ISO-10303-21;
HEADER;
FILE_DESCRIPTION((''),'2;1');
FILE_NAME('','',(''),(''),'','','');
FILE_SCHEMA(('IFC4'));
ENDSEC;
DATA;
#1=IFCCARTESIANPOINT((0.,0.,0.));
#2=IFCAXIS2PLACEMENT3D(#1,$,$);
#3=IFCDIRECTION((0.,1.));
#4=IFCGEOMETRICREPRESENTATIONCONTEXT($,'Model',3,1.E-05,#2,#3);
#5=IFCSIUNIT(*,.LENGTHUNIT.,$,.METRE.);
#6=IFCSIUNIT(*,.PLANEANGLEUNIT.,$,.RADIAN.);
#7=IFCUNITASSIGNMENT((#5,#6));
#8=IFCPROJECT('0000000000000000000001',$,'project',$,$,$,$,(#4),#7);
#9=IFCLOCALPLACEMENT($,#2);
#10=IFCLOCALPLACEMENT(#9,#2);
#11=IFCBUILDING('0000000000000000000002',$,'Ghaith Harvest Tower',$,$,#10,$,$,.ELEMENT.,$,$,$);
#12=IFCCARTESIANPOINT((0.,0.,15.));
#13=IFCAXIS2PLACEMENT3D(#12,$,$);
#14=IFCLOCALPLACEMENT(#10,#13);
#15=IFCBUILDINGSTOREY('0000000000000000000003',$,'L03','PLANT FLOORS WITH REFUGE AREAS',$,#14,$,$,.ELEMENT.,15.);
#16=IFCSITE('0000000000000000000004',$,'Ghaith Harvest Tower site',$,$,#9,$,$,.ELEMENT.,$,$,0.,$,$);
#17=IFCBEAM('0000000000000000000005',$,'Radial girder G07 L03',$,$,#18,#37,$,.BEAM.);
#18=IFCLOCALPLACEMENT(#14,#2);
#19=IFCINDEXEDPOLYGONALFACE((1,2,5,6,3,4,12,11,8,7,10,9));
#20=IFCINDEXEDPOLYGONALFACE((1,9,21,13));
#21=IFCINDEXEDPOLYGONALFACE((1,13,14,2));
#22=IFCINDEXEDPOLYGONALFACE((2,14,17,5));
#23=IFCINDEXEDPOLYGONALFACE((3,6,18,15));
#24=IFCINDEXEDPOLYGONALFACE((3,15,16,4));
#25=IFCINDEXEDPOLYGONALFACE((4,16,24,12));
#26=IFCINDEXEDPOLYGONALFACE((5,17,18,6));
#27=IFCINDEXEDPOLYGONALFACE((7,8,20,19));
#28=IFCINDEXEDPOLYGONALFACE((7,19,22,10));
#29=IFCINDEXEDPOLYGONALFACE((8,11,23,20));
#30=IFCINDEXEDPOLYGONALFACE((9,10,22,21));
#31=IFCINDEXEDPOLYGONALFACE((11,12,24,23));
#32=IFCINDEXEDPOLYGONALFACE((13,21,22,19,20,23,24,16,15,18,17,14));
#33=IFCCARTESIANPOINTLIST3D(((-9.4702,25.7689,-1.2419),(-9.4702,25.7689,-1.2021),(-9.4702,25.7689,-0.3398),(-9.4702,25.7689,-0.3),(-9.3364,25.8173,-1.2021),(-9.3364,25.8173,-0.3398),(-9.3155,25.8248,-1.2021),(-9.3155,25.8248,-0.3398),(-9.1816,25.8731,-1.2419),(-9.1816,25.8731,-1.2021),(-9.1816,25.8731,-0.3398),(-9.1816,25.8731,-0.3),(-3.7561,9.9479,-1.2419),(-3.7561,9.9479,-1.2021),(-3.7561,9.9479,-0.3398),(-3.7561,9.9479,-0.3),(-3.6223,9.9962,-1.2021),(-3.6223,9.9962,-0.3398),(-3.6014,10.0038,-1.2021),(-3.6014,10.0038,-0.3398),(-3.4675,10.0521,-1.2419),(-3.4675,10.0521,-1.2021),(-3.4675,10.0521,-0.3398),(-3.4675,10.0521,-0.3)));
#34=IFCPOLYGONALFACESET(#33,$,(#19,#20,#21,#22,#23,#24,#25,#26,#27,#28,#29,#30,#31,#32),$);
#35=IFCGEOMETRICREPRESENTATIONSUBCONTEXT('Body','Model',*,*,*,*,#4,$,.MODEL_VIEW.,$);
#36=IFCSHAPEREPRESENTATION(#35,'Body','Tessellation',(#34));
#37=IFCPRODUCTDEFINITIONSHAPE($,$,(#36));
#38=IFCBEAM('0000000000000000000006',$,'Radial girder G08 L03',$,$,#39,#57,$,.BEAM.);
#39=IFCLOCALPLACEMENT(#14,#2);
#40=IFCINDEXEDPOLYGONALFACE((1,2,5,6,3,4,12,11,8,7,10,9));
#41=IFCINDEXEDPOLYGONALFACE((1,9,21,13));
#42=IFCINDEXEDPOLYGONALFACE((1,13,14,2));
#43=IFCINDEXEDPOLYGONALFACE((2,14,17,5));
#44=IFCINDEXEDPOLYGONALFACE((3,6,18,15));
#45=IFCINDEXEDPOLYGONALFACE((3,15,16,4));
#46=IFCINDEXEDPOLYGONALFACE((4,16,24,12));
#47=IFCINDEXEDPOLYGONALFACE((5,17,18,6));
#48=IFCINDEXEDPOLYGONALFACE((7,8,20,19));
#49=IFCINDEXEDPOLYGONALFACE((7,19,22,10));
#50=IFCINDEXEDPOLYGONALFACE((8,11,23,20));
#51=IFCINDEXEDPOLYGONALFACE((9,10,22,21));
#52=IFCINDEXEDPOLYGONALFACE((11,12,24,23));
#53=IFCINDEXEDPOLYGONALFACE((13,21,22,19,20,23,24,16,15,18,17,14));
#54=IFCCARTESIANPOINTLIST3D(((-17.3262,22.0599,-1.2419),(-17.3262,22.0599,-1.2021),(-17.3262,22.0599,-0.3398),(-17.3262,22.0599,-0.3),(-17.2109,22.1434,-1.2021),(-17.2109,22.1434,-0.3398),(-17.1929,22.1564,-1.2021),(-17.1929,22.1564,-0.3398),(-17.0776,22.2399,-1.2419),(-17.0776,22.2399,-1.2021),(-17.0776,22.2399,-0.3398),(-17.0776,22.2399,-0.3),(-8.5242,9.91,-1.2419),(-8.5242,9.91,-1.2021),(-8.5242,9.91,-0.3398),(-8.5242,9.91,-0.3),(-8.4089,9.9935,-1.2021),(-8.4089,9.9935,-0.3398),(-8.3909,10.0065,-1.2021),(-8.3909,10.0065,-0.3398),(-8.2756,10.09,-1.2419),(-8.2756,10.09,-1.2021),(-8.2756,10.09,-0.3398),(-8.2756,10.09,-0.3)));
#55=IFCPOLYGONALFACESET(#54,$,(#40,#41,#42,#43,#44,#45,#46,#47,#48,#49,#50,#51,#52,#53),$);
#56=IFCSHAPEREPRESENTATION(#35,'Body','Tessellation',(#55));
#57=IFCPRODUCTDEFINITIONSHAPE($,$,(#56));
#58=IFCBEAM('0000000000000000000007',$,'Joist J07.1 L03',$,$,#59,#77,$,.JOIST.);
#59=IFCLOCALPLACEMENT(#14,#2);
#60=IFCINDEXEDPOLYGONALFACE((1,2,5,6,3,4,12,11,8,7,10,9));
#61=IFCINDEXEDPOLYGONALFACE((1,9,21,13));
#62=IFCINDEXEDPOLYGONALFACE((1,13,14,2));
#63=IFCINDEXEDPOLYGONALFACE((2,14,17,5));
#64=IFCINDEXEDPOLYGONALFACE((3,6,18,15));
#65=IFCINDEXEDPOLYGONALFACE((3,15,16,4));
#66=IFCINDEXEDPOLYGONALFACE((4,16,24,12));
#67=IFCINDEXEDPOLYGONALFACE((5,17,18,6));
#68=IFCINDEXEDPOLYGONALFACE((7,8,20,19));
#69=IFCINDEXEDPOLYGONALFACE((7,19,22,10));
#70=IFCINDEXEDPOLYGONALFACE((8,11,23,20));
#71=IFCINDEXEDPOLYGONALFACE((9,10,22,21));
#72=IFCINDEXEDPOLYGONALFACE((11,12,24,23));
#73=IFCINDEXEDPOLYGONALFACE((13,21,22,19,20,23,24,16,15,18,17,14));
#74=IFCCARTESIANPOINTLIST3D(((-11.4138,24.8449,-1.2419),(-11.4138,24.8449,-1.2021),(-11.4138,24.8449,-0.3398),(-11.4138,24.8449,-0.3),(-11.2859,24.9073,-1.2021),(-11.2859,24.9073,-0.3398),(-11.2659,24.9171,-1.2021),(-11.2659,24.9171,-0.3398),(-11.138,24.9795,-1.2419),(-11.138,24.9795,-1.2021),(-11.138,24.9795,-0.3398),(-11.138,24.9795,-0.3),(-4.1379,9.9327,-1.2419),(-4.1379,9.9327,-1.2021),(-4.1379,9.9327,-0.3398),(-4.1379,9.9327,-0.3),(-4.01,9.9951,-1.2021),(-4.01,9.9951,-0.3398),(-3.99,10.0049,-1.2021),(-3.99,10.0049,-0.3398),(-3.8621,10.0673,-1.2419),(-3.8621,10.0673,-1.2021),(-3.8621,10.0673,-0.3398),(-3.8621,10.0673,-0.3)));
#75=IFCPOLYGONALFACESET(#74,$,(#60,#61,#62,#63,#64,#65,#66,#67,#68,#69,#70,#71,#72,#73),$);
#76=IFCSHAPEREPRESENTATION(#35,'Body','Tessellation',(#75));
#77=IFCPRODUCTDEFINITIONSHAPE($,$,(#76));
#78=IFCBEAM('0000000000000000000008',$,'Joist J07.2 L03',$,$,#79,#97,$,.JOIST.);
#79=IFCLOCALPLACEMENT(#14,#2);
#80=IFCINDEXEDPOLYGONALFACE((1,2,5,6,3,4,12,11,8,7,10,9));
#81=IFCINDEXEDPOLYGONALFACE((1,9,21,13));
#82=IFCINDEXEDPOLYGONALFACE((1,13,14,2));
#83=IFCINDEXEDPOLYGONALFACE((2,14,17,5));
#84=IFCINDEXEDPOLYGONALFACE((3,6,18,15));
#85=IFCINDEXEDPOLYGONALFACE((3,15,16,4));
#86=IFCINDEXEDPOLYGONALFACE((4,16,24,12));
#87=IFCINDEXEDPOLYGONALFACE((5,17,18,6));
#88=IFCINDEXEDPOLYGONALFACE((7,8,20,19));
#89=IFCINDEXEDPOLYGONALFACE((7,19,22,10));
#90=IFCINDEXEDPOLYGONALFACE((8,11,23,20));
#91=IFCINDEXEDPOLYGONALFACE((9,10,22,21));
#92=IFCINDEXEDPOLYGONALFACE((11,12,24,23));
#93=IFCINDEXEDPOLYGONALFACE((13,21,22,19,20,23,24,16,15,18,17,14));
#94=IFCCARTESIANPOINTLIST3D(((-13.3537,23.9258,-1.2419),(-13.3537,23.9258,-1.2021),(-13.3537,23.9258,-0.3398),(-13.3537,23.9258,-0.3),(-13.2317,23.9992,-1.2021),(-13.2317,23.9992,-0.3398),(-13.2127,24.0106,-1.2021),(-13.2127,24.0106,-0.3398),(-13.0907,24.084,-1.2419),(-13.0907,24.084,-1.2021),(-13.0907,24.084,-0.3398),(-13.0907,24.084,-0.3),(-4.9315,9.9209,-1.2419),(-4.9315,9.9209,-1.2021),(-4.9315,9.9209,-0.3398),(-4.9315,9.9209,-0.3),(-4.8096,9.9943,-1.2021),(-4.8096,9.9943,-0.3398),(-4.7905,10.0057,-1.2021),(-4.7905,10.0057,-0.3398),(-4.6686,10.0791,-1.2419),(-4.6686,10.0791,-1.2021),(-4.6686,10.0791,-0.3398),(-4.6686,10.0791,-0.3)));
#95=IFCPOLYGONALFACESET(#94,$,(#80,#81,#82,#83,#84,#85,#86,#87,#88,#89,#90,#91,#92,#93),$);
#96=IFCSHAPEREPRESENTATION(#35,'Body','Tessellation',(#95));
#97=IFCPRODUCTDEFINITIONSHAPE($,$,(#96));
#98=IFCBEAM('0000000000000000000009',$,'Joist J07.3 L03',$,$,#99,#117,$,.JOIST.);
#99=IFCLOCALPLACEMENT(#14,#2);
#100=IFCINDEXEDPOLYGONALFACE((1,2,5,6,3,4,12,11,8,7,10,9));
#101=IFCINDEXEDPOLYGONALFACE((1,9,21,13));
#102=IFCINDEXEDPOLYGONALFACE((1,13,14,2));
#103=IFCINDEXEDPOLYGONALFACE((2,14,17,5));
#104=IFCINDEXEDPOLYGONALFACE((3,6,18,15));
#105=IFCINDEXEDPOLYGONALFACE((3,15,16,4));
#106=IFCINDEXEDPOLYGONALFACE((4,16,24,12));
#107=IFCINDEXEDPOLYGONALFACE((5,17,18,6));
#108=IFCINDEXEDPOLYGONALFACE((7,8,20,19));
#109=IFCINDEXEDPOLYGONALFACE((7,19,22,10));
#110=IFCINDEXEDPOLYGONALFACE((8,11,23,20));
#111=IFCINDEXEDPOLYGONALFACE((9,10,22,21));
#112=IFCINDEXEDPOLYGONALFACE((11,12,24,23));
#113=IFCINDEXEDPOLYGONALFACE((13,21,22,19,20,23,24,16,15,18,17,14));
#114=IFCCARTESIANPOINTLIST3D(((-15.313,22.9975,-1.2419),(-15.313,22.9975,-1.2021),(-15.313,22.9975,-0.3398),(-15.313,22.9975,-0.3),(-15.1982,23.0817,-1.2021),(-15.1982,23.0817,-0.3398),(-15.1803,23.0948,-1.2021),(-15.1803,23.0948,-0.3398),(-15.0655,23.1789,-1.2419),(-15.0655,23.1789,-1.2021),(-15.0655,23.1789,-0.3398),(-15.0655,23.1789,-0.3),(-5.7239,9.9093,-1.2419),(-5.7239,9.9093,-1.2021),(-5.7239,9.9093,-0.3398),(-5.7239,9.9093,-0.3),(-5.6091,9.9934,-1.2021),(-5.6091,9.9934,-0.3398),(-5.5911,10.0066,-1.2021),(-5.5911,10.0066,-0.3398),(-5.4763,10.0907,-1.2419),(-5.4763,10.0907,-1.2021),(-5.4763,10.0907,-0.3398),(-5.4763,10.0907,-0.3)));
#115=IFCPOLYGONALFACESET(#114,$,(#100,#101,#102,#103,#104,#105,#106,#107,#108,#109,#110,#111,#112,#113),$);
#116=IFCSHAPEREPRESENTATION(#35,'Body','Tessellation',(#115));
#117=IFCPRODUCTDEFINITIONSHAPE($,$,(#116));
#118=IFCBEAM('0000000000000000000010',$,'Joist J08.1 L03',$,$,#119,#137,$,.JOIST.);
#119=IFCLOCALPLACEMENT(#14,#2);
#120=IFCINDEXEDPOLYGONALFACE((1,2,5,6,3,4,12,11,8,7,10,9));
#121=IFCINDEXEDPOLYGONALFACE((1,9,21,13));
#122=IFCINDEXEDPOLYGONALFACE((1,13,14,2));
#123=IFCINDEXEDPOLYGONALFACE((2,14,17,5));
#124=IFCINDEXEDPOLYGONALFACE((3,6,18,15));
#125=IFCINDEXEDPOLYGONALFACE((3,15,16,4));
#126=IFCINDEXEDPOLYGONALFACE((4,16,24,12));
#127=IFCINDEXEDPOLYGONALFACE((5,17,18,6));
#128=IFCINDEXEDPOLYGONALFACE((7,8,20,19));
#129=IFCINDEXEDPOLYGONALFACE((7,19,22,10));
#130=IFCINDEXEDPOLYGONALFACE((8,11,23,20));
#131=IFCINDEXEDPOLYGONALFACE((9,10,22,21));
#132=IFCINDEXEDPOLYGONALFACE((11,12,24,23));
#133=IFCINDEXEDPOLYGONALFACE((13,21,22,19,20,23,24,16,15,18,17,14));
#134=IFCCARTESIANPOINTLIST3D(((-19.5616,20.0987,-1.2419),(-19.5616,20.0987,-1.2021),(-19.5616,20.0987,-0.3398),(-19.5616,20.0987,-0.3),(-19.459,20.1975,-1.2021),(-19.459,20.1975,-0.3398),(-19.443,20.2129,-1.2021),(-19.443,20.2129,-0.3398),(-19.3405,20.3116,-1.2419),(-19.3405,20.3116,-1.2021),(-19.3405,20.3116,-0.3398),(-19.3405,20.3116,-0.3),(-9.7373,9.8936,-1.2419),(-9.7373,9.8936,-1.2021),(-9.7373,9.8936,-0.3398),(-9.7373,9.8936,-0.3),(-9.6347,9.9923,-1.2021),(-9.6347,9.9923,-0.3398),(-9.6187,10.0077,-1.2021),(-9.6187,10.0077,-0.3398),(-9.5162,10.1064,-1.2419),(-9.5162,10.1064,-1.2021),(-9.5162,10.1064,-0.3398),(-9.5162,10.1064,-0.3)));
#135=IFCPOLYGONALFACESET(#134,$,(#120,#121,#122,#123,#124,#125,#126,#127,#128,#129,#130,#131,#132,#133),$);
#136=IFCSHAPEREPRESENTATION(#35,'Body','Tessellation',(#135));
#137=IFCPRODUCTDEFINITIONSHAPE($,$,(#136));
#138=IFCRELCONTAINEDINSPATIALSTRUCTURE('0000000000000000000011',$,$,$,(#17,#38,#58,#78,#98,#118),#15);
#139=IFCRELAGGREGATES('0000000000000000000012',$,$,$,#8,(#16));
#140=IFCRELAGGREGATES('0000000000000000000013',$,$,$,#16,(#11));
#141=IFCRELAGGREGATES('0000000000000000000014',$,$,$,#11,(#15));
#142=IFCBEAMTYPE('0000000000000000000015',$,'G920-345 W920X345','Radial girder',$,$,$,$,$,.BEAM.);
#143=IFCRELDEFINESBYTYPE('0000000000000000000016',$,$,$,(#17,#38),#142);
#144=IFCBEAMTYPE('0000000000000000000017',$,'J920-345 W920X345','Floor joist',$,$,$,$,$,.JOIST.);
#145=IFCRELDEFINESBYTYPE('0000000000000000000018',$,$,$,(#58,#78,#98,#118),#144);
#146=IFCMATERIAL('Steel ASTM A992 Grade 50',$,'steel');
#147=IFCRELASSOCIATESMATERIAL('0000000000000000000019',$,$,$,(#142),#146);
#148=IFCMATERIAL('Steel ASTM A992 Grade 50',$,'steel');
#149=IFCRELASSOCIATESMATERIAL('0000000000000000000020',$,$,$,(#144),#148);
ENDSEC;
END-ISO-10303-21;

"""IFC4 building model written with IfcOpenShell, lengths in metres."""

from ifc_helpers import new_model, si_unit, direction, frame, origin, origin_2d, place, context, subcontext, project, spatial, i_section, extrude, material, material_profile, profile_set, type_object, element, save


model = new_model("IFC4")

# Units and contexts
model_context = context("Model", 3, precision=1e-05, world=origin(), true_north=direction((0.0, 1.0)))
body_context = subcontext(model_context, "Body", "Model", "MODEL_VIEW")
ifc_project = project(units=[si_unit("LENGTHUNIT", "METRE"), si_unit("PLANEANGLEUNIT", "RADIAN")], contexts=[model_context])

# Site, building, storey
site_placement = place(None, origin())
site = spatial("IfcSite", under=ifc_project, at=site_placement, Name="Ghaith Harvest Tower site", CompositionType="ELEMENT", RefElevation=0.0)
building_placement = place(site_placement, origin())
building = spatial("IfcBuilding", under=site, at=building_placement, Name="Ghaith Harvest Tower", CompositionType="ELEMENT")
storey_placement = place(building_placement, frame((0.0, 0.0, 15.0)))
storey = spatial("IfcBuildingStorey", under=building, at=storey_placement, Name="L03", Description="PLANT FLOORS WITH REFUGE AREAS", CompositionType="ELEMENT", Elevation=15.0)

# Beams
ifc_material_1 = material(Name="Steel ASTM A992 Grade 50", Category="steel")
ifc_material_profile_1 = material_profile(ifc_material_1, i_section(OverallWidth=0.3069, OverallDepth=0.9419, WebThickness=0.0222, FlangeThickness=0.0398, at=origin_2d()), Name="W920X345")
ifc_profile_set_1 = profile_set([ifc_material_profile_1], Name="Steel ASTM A992 Grade 50")
beam_type_1 = type_object("IfcBeamType", Name="G920-345 W920X345", Description="Radial girder", PredefinedType="BEAM", material=ifc_profile_set_1)
beam_1_placement = place(storey_placement, frame((-3.6118, 10.0, -0.771), z_axis=(-0.339695, 0.940536, 0.0), x_axis=(-0.940536, -0.339695, 0.0)))
element("IfcBeam", 1, at=beam_1_placement, inside=storey, type_object=beam_type_1, Name="Radial girder G07 L03", PredefinedType="BEAM", context=body_context, shape_type="SweptSolid", body=[
    extrude(i_section(OverallWidth=0.3069, OverallDepth=0.9419, WebThickness=0.0222, FlangeThickness=0.0398, at=origin_2d()), origin(), (0.0, 0.0, 1.0), 16.8213),
])
beam_2_placement = place(storey_placement, frame((-8.3999, 10.0, -0.771), z_axis=(-0.586676, 0.809822, 0.0), x_axis=(-0.809822, -0.586676, 0.0)))
element("IfcBeam", 2, at=beam_2_placement, inside=storey, type_object=beam_type_1, Name="Radial girder G08 L03", PredefinedType="BEAM", context=body_context, shape_type="SweptSolid", body=[
    extrude(i_section(OverallWidth=0.3069, OverallDepth=0.9419, WebThickness=0.0222, FlangeThickness=0.0398, at=origin_2d()), origin(), (0.0, 0.0, 1.0), 15.0032),
])
ifc_material_2 = material(Name="Steel ASTM A992 Grade 50", Category="steel")
ifc_material_profile_2 = material_profile(ifc_material_2, i_section(OverallWidth=0.3069, OverallDepth=0.9419, WebThickness=0.0222, FlangeThickness=0.0398, at=origin_2d()), Name="W920X345")
ifc_profile_set_2 = profile_set([ifc_material_profile_2], Name="Steel ASTM A992 Grade 50")
beam_type_2 = type_object("IfcBeamType", Name="J920-345 W920X345", Description="Floor joist", PredefinedType="JOIST", material=ifc_profile_set_2)
beam_3_placement = place(storey_placement, frame((-4.0, 10.0, -0.771), z_axis=(-0.438505, 0.898729, 0.0), x_axis=(-0.898729, -0.438505, 0.0)))
element("IfcBeam", 3, at=beam_3_placement, inside=storey, type_object=beam_type_2, Name="Joist J07.1 L03", PredefinedType="JOIST", context=body_context, shape_type="SweptSolid", body=[
    extrude(i_section(OverallWidth=0.3069, OverallDepth=0.9419, WebThickness=0.0222, FlangeThickness=0.0398, at=origin_2d()), origin(), (0.0, 0.0, 1.0), 16.5925),
])
beam_4_placement = place(storey_placement, frame((-4.8, 10.0, -0.771), z_axis=(-0.515359, 0.856974, 0.0), x_axis=(-0.856974, -0.515359, 0.0)))
element("IfcBeam", 4, at=beam_4_placement, inside=storey, type_object=beam_type_2, Name="Joist J07.2 L03", PredefinedType="JOIST", context=body_context, shape_type="SweptSolid", body=[
    extrude(i_section(OverallWidth=0.3069, OverallDepth=0.9419, WebThickness=0.0222, FlangeThickness=0.0398, at=origin_2d()), origin(), (0.0, 0.0, 1.0), 16.3423),
])
beam_5_placement = place(storey_placement, frame((-5.6001, 10.0, -0.771), z_axis=(-0.591009, 0.806665, 0.0), x_axis=(-0.806665, -0.591009, 0.0)))
element("IfcBeam", 5, at=beam_5_placement, inside=storey, type_object=beam_type_2, Name="Joist J07.3 L03", PredefinedType="JOIST", context=body_context, shape_type="SweptSolid", body=[
    extrude(i_section(OverallWidth=0.3069, OverallDepth=0.9419, WebThickness=0.0222, FlangeThickness=0.0398, at=origin_2d()), origin(), (0.0, 0.0, 1.0), 16.2251),
])
beam_6_placement = place(storey_placement, frame((-9.6267, 10.0, -0.771), z_axis=(-0.693536, 0.720422, 0.0), x_axis=(-0.720422, -0.693536, 0.0)))
element("IfcBeam", 6, at=beam_6_placement, inside=storey, type_object=beam_type_2, Name="Joist J08.1 L03", PredefinedType="JOIST", context=body_context, shape_type="SweptSolid", body=[
    extrude(i_section(OverallWidth=0.3069, OverallDepth=0.9419, WebThickness=0.0222, FlangeThickness=0.0398, at=origin_2d()), origin(), (0.0, 0.0, 1.0), 14.1655),
])

save(model, "model.ifc")
